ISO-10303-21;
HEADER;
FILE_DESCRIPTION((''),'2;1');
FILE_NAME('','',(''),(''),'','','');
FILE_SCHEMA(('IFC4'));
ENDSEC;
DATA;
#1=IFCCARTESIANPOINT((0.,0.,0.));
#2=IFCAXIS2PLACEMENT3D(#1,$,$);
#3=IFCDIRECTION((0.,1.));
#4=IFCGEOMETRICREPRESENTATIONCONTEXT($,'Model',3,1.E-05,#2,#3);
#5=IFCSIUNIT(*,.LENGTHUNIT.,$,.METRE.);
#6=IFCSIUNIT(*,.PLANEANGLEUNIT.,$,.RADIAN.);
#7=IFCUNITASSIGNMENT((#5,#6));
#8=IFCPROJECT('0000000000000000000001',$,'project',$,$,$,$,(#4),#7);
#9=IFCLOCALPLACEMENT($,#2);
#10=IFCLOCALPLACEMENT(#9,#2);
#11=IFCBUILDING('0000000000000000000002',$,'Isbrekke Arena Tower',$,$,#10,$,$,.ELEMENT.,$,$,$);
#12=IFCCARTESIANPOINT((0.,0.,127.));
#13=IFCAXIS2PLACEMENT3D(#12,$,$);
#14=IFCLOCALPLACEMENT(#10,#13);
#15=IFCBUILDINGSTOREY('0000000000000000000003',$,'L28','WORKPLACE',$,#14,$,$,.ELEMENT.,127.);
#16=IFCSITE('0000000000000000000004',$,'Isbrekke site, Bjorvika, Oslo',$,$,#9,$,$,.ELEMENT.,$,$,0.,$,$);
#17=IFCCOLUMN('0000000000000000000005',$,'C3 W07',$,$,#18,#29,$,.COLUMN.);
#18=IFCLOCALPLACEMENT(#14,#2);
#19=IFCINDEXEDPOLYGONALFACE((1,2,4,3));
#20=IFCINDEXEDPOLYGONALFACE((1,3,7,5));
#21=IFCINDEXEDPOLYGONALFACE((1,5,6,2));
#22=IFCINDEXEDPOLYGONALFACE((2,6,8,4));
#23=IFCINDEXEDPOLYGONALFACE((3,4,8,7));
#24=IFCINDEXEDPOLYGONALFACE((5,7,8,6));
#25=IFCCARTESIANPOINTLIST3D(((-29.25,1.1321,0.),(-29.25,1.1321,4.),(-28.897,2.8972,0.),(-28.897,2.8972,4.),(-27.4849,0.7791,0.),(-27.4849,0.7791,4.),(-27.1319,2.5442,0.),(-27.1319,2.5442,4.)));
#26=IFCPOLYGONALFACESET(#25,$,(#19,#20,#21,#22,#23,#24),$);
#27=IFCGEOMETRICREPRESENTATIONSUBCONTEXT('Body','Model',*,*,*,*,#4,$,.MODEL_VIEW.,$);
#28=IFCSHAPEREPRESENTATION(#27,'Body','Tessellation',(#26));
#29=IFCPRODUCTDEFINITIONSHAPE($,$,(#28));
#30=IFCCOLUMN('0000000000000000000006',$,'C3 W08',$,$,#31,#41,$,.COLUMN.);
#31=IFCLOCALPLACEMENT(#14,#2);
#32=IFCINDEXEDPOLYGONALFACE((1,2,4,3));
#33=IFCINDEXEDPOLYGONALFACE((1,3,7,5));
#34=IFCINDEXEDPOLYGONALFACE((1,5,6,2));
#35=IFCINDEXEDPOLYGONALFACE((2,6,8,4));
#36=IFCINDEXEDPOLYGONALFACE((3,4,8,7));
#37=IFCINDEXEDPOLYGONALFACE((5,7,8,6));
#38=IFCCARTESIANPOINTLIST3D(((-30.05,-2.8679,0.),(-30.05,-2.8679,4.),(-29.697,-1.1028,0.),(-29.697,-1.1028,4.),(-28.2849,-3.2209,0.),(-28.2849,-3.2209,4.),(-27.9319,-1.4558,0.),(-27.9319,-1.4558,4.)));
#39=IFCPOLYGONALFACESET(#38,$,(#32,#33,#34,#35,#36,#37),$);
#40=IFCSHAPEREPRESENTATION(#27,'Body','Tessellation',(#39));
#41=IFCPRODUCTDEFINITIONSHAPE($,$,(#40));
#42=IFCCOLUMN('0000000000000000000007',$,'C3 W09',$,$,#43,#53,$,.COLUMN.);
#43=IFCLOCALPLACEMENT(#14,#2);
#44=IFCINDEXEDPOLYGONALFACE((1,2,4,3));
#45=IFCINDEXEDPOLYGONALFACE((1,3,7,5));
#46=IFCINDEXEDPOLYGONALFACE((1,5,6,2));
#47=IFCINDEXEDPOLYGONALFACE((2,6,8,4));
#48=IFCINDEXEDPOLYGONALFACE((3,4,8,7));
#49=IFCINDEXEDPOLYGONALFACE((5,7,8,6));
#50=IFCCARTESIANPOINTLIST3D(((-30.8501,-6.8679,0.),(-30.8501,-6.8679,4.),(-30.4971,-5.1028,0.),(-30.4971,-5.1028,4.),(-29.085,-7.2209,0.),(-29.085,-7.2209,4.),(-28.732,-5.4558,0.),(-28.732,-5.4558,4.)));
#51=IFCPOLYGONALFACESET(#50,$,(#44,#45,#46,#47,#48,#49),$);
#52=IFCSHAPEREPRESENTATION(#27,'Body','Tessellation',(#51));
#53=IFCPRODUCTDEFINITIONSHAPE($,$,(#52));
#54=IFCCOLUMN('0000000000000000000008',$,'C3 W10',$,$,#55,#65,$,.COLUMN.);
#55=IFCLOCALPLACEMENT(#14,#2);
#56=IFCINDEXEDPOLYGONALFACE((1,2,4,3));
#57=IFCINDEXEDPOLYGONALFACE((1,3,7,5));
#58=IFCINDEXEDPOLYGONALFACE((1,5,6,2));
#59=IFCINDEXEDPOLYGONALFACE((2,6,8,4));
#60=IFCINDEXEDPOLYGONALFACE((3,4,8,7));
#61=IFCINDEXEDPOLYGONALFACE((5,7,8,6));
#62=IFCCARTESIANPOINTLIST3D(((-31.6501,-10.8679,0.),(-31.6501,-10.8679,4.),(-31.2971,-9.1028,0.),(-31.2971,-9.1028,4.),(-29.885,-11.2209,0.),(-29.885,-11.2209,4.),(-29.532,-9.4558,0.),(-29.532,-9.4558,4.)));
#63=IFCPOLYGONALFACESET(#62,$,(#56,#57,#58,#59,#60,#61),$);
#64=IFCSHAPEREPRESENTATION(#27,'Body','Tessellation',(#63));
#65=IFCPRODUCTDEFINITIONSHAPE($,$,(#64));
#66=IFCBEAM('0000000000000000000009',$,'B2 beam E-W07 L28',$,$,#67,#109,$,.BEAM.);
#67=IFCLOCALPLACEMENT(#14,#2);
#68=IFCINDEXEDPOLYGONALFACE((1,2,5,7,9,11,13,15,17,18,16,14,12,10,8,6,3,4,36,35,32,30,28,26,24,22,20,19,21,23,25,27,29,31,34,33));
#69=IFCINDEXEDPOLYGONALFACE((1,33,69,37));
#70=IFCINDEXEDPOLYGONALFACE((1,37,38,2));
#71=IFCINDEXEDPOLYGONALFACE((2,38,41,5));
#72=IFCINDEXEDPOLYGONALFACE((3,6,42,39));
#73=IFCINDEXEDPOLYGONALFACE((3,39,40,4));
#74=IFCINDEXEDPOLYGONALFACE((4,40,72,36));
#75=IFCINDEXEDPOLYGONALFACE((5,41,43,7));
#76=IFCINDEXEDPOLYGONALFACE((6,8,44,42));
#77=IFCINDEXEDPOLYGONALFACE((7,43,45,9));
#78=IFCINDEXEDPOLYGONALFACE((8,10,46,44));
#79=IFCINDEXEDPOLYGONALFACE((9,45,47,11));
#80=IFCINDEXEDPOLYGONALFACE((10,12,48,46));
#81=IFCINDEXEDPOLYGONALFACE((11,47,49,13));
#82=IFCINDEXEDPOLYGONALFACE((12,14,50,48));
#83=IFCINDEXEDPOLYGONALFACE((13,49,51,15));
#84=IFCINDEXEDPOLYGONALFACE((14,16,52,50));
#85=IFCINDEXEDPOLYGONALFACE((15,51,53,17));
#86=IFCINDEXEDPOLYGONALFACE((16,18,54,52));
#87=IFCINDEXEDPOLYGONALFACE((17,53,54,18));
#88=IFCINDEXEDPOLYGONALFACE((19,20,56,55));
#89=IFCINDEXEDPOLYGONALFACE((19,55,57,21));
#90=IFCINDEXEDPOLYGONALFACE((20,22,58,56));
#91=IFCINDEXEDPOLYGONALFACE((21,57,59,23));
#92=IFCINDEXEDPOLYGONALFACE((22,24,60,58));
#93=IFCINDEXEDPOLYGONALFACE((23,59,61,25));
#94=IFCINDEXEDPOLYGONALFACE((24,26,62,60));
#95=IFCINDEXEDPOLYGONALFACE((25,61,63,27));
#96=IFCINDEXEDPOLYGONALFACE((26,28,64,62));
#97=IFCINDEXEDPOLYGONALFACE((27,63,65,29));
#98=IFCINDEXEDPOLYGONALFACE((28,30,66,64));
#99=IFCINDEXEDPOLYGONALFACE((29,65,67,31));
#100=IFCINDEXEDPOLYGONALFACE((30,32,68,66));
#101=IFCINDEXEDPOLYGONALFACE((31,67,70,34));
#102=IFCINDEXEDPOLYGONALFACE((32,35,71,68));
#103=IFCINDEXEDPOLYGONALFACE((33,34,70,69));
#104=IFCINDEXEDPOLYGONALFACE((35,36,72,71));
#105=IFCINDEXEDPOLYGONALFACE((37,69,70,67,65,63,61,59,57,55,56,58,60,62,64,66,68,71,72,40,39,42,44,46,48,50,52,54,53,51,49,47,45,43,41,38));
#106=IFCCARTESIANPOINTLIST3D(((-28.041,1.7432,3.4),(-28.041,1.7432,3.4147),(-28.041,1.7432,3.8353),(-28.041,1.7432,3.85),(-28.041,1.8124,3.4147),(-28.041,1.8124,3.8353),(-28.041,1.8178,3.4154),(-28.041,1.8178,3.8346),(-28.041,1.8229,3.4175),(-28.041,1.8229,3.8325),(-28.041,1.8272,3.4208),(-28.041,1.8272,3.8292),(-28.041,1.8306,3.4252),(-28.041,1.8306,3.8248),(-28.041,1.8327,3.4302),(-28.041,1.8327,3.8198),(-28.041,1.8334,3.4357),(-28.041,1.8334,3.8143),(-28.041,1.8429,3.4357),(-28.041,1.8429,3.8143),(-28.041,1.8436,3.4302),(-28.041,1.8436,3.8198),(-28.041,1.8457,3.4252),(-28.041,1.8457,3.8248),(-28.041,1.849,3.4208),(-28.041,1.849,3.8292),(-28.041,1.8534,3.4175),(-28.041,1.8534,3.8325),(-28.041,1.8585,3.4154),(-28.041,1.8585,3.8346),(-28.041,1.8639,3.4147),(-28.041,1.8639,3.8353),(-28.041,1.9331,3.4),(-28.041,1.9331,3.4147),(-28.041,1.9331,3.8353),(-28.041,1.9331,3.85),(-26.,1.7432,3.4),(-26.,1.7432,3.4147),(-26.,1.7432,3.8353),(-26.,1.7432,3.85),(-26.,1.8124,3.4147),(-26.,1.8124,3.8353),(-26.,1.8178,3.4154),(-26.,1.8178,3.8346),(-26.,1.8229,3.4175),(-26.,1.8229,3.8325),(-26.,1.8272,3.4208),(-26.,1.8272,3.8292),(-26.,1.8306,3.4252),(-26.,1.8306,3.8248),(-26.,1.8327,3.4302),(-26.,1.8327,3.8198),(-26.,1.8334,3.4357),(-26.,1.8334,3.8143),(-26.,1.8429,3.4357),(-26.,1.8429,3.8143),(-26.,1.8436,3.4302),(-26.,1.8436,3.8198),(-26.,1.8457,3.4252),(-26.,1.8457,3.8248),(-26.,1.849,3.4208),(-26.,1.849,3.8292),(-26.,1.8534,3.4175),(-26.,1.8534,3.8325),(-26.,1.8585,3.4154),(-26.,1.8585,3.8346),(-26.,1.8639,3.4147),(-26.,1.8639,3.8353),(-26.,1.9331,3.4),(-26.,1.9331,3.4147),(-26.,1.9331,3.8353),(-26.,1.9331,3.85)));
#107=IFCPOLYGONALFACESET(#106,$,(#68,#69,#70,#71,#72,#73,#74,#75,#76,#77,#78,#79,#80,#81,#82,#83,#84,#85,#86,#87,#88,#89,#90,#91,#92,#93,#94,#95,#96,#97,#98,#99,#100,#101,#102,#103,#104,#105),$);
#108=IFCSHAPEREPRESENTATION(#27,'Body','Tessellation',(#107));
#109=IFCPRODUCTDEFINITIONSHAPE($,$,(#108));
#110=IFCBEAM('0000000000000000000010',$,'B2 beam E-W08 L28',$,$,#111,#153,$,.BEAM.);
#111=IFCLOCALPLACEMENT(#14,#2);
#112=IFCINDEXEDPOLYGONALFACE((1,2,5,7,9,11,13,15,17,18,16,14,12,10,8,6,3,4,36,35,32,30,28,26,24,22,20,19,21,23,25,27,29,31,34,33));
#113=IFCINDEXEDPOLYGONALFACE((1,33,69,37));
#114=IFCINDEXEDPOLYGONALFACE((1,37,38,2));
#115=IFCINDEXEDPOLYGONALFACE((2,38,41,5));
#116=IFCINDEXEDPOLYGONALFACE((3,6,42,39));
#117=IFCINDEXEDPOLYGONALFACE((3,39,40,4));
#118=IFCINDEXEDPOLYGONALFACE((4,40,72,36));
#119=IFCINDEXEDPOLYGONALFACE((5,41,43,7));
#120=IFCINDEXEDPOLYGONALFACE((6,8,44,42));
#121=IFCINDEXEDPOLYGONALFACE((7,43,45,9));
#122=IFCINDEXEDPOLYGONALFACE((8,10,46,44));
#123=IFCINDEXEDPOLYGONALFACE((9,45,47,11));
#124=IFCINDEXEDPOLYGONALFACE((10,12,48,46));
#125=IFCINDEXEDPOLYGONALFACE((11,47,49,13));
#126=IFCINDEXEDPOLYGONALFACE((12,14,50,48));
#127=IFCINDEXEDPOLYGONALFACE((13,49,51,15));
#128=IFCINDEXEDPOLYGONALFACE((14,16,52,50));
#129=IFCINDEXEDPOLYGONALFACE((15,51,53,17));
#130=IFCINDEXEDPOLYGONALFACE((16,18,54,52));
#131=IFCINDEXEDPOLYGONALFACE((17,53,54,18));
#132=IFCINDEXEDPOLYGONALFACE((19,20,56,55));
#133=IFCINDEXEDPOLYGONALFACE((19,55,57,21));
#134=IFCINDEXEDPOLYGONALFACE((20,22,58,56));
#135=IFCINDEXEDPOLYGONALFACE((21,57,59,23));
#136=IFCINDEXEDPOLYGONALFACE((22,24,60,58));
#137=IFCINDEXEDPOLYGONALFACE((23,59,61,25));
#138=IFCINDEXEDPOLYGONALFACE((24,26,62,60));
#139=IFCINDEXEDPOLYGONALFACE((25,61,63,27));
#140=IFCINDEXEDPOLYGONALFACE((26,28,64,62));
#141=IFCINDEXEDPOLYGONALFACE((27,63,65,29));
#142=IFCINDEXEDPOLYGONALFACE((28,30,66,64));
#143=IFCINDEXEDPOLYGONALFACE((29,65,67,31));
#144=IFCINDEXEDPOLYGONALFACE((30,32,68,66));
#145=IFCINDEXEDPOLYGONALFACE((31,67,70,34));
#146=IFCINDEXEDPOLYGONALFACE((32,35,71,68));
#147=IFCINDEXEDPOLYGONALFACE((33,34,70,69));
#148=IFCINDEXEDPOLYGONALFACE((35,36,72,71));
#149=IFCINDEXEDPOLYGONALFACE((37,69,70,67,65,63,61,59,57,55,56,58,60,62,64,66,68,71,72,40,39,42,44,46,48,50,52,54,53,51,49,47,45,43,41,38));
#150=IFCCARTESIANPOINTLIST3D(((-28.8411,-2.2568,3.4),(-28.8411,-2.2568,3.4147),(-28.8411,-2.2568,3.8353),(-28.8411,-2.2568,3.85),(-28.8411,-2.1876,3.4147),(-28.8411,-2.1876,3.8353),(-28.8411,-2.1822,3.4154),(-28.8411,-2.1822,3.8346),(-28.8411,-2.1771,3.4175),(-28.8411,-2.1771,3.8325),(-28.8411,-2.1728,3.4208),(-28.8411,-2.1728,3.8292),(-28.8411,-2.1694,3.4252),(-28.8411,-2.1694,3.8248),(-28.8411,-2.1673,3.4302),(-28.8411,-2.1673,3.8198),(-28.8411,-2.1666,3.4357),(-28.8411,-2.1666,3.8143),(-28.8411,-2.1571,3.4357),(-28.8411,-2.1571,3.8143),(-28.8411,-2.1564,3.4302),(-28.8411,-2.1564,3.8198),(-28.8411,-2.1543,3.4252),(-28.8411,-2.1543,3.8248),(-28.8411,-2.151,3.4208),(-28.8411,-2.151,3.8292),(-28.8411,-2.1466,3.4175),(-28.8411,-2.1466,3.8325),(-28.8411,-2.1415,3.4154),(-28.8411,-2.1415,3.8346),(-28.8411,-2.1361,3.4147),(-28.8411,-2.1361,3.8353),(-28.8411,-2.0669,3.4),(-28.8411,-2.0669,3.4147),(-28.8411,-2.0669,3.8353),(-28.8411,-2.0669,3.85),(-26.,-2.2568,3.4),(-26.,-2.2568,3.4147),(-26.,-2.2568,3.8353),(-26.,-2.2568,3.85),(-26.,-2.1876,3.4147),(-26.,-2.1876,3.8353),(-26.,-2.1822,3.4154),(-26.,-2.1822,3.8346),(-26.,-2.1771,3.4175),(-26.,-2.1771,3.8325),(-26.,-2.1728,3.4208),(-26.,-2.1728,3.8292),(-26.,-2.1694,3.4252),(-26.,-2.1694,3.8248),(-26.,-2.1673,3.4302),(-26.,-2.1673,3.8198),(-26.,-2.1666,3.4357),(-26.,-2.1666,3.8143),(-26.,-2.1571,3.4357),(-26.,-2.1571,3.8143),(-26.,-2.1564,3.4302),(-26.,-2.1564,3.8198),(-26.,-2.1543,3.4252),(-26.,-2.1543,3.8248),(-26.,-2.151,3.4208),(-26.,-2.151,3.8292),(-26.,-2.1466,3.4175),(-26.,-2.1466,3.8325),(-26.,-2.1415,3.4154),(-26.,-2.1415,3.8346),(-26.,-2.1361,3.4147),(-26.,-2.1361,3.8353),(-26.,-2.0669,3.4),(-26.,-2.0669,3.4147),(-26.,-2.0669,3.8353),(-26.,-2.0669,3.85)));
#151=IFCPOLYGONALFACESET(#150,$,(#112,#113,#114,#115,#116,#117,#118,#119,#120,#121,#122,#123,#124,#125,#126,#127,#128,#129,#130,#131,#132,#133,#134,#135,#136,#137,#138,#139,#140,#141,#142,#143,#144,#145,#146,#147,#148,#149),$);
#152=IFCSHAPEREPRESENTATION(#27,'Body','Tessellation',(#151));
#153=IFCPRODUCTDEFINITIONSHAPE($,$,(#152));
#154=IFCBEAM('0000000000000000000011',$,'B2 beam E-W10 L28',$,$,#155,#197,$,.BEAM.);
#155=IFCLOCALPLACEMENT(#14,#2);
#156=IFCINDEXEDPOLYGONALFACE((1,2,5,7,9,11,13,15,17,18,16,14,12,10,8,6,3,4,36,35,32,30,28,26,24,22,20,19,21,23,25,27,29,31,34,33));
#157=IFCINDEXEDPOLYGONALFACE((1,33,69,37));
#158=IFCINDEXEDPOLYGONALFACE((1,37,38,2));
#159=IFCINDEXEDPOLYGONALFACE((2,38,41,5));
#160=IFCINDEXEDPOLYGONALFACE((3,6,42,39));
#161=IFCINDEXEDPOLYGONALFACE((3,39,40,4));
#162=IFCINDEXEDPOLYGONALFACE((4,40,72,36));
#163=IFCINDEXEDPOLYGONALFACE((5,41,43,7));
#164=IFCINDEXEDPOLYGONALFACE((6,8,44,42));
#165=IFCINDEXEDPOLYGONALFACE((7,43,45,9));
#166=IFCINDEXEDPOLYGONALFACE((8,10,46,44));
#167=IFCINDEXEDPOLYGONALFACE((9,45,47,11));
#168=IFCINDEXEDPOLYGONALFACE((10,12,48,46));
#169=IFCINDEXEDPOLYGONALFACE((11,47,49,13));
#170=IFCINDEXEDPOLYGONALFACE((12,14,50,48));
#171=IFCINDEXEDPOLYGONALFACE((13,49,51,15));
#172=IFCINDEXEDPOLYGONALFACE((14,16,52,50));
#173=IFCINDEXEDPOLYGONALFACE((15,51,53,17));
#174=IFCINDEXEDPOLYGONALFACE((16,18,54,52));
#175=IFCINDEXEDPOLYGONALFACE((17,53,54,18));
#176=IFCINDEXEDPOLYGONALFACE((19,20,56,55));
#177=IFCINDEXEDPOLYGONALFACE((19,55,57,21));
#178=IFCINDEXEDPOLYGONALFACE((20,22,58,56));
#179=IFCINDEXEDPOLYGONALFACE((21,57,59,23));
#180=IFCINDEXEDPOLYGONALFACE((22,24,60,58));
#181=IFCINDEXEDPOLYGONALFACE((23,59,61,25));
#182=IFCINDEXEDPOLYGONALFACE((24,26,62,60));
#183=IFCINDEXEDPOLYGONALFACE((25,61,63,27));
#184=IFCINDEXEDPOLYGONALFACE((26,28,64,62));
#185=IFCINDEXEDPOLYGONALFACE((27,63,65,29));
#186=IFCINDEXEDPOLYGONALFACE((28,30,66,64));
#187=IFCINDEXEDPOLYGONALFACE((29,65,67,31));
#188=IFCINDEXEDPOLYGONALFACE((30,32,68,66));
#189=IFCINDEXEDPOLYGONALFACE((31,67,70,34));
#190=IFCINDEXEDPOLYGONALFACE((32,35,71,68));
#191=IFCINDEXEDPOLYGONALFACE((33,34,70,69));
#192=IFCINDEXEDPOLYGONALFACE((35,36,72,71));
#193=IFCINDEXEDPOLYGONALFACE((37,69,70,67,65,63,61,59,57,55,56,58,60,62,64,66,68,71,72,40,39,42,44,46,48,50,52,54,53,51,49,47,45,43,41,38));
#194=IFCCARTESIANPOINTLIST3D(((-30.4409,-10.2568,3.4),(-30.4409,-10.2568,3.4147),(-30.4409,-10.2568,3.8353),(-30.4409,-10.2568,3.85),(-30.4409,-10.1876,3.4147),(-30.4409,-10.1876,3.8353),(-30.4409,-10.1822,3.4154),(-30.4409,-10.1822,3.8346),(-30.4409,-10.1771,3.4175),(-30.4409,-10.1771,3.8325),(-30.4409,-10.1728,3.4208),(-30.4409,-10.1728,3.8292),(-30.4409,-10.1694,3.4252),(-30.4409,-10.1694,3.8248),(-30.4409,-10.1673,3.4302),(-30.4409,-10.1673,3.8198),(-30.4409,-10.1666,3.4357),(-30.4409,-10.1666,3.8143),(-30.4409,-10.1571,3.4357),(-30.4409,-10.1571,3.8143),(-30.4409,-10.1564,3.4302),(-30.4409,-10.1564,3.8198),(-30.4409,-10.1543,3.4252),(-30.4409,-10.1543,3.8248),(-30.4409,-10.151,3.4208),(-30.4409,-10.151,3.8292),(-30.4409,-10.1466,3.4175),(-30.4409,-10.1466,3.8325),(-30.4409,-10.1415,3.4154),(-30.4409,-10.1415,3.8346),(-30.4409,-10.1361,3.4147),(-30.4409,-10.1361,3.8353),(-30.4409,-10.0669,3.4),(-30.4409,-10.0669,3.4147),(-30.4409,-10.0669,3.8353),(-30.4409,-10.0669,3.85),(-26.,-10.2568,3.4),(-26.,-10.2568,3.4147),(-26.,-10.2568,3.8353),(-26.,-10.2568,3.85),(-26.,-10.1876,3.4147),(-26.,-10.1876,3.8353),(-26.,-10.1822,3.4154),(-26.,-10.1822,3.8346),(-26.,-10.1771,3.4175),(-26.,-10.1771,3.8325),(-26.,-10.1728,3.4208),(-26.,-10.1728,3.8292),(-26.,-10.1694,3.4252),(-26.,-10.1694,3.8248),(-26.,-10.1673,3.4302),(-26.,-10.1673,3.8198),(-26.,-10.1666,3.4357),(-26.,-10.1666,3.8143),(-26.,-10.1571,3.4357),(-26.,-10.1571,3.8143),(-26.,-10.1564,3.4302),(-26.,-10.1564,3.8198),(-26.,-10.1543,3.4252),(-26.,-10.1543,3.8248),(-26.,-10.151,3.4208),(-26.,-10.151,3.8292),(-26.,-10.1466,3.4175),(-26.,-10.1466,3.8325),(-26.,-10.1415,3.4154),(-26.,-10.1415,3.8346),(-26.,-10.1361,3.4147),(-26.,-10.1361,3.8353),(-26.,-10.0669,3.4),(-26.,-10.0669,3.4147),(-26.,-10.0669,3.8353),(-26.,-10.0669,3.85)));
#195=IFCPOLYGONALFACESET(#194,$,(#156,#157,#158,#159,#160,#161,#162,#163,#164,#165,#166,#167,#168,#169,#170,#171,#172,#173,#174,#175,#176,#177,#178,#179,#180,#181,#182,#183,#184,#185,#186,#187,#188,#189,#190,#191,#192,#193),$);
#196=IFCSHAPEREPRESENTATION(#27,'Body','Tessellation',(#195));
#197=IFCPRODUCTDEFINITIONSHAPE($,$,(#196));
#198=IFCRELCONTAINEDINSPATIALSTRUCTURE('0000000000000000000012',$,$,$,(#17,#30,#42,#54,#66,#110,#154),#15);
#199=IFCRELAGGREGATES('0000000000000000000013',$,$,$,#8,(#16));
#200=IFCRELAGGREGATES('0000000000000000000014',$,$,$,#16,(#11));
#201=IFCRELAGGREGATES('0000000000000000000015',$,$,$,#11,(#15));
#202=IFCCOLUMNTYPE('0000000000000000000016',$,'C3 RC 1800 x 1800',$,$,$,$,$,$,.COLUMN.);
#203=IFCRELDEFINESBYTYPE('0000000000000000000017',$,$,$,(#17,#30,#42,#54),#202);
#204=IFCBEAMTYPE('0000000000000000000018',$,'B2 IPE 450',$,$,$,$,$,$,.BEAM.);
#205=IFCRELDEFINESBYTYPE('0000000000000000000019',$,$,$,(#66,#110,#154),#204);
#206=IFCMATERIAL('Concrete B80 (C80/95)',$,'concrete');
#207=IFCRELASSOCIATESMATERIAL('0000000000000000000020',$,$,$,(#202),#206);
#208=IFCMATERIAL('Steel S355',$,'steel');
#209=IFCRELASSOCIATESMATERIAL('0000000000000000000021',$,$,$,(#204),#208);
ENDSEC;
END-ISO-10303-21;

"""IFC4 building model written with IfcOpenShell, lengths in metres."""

from ifc_helpers import new_model, si_unit, direction, frame, origin, origin_2d, place, context, subcontext, project, spatial, rectangle, i_section, extrude, material, material_profile, profile_set, type_object, element, save


model = new_model("IFC4")

# Units and contexts
model_context = context("Model", 3, precision=1e-05, world=origin(), true_north=direction((0.0, 1.0)))
body_context = subcontext(model_context, "Body", "Model", "MODEL_VIEW")
ifc_project = project(units=[si_unit("LENGTHUNIT", "METRE"), si_unit("PLANEANGLEUNIT", "RADIAN")], contexts=[model_context])

# Site, building, storey
site_placement = place(None, origin())
site = spatial("IfcSite", under=ifc_project, at=site_placement, Name="Isbrekke site, Bjorvika, Oslo", CompositionType="ELEMENT", RefElevation=0.0)
building_placement = place(site_placement, origin())
building = spatial("IfcBuilding", under=site, at=building_placement, Name="Isbrekke Arena Tower", CompositionType="ELEMENT")
storey_placement = place(building_placement, frame((0.0, 0.0, 127.0)))
storey = spatial("IfcBuildingStorey", under=building, at=storey_placement, Name="L28", Description="WORKPLACE", CompositionType="ELEMENT", Elevation=127.0)

# Columns
ifc_material_1 = material(Name="Concrete B80 (C80/95)", Category="concrete")
ifc_material_profile_1 = material_profile(ifc_material_1, rectangle(XDim=1.8, YDim=1.8, at=origin_2d()), Name="RC 1800x1800")
ifc_profile_set_1 = profile_set([ifc_material_profile_1], Name="Concrete B80 (C80/95)")
column_type = type_object("IfcColumnType", Name="C3 RC 1800 x 1800", PredefinedType="COLUMN", material=ifc_profile_set_1)
for number, where, z_axis, x_axis, name in (
    (1, (-28.1909, 1.8381, 0.0), (0.0, 0.0, 1.0), (-0.196116, -0.980581, 0.0), "C3 W07"),
    (2, (-28.991, -2.1619, 0.0), (0.0, 0.0, 1.0), (-0.196116, -0.980581, 0.0), "C3 W08"),
    (3, (-29.791, -6.1619, 0.0), (0.0, 0.0, 1.0), (-0.196116, -0.980581, 0.0), "C3 W09"),
    (4, (-30.5911, -10.1619, 0.0), (0.0, 0.0, 1.0), (-0.196116, -0.980581, 0.0), "C3 W10"),
):
    element("IfcColumn", number, at=place(storey_placement, frame(where, z_axis=z_axis, x_axis=x_axis)), inside=storey, type_object=column_type, Name=name, PredefinedType="COLUMN", context=body_context, shape_type="SweptSolid", body=[
        extrude(rectangle(XDim=1.8, YDim=1.8, at=origin_2d()), origin(), (0.0, 0.0, 1.0), 4.0),
    ])

# Beams
ifc_material_2 = material(Name="Steel S355", Category="steel")
ifc_material_profile_2 = material_profile(ifc_material_2, i_section(OverallWidth=0.1899, OverallDepth=0.45, WebThickness=0.0095, FlangeThickness=0.0146, FilletRadius=0.021, at=origin_2d()), Name="IPE 450")
ifc_profile_set_2 = profile_set([ifc_material_profile_2], Name="Steel S355")
beam_type_1 = type_object("IfcBeamType", Name="B2 IPE 450", PredefinedType="BEAM", material=ifc_profile_set_2)
beam_1_placement = place(storey_placement, frame((-28.041, 1.8381, 3.625), z_axis=(1.0, 0.0, 0.0), x_axis=(0.0, 1.0, 0.0)))
element("IfcBeam", 5, at=beam_1_placement, inside=storey, type_object=beam_type_1, Name="B2 beam E-W07 L28", PredefinedType="BEAM", context=body_context, shape_type="SweptSolid", body=[
    extrude(i_section(OverallWidth=0.1899, OverallDepth=0.45, WebThickness=0.0095, FlangeThickness=0.0146, FilletRadius=0.021, at=origin_2d()), origin(), (0.0, 0.0, 1.0), 2.041),
])
beam_2_placement = place(storey_placement, frame((-28.8411, -2.1619, 3.625), z_axis=(1.0, 0.0, 0.0), x_axis=(0.0, 1.0, 0.0)))
element("IfcBeam", 6, at=beam_2_placement, inside=storey, type_object=beam_type_1, Name="B2 beam E-W08 L28", PredefinedType="BEAM", context=body_context, shape_type="SweptSolid", body=[
    extrude(i_section(OverallWidth=0.1899, OverallDepth=0.45, WebThickness=0.0095, FlangeThickness=0.0146, FilletRadius=0.021, at=origin_2d()), origin(), (0.0, 0.0, 1.0), 2.8411),
])
beam_3_placement = place(storey_placement, frame((-30.4409, -10.1619, 3.625), z_axis=(1.0, 0.0, 0.0), x_axis=(0.0, 1.0, 0.0)))
element("IfcBeam", 7, at=beam_3_placement, inside=storey, type_object=beam_type_1, Name="B2 beam E-W10 L28", PredefinedType="BEAM", context=body_context, shape_type="SweptSolid", body=[
    extrude(i_section(OverallWidth=0.1899, OverallDepth=0.45, WebThickness=0.0095, FlangeThickness=0.0146, FilletRadius=0.021, at=origin_2d()), origin(), (0.0, 0.0, 1.0), 4.4409),
])

save(model, "model.ifc")
